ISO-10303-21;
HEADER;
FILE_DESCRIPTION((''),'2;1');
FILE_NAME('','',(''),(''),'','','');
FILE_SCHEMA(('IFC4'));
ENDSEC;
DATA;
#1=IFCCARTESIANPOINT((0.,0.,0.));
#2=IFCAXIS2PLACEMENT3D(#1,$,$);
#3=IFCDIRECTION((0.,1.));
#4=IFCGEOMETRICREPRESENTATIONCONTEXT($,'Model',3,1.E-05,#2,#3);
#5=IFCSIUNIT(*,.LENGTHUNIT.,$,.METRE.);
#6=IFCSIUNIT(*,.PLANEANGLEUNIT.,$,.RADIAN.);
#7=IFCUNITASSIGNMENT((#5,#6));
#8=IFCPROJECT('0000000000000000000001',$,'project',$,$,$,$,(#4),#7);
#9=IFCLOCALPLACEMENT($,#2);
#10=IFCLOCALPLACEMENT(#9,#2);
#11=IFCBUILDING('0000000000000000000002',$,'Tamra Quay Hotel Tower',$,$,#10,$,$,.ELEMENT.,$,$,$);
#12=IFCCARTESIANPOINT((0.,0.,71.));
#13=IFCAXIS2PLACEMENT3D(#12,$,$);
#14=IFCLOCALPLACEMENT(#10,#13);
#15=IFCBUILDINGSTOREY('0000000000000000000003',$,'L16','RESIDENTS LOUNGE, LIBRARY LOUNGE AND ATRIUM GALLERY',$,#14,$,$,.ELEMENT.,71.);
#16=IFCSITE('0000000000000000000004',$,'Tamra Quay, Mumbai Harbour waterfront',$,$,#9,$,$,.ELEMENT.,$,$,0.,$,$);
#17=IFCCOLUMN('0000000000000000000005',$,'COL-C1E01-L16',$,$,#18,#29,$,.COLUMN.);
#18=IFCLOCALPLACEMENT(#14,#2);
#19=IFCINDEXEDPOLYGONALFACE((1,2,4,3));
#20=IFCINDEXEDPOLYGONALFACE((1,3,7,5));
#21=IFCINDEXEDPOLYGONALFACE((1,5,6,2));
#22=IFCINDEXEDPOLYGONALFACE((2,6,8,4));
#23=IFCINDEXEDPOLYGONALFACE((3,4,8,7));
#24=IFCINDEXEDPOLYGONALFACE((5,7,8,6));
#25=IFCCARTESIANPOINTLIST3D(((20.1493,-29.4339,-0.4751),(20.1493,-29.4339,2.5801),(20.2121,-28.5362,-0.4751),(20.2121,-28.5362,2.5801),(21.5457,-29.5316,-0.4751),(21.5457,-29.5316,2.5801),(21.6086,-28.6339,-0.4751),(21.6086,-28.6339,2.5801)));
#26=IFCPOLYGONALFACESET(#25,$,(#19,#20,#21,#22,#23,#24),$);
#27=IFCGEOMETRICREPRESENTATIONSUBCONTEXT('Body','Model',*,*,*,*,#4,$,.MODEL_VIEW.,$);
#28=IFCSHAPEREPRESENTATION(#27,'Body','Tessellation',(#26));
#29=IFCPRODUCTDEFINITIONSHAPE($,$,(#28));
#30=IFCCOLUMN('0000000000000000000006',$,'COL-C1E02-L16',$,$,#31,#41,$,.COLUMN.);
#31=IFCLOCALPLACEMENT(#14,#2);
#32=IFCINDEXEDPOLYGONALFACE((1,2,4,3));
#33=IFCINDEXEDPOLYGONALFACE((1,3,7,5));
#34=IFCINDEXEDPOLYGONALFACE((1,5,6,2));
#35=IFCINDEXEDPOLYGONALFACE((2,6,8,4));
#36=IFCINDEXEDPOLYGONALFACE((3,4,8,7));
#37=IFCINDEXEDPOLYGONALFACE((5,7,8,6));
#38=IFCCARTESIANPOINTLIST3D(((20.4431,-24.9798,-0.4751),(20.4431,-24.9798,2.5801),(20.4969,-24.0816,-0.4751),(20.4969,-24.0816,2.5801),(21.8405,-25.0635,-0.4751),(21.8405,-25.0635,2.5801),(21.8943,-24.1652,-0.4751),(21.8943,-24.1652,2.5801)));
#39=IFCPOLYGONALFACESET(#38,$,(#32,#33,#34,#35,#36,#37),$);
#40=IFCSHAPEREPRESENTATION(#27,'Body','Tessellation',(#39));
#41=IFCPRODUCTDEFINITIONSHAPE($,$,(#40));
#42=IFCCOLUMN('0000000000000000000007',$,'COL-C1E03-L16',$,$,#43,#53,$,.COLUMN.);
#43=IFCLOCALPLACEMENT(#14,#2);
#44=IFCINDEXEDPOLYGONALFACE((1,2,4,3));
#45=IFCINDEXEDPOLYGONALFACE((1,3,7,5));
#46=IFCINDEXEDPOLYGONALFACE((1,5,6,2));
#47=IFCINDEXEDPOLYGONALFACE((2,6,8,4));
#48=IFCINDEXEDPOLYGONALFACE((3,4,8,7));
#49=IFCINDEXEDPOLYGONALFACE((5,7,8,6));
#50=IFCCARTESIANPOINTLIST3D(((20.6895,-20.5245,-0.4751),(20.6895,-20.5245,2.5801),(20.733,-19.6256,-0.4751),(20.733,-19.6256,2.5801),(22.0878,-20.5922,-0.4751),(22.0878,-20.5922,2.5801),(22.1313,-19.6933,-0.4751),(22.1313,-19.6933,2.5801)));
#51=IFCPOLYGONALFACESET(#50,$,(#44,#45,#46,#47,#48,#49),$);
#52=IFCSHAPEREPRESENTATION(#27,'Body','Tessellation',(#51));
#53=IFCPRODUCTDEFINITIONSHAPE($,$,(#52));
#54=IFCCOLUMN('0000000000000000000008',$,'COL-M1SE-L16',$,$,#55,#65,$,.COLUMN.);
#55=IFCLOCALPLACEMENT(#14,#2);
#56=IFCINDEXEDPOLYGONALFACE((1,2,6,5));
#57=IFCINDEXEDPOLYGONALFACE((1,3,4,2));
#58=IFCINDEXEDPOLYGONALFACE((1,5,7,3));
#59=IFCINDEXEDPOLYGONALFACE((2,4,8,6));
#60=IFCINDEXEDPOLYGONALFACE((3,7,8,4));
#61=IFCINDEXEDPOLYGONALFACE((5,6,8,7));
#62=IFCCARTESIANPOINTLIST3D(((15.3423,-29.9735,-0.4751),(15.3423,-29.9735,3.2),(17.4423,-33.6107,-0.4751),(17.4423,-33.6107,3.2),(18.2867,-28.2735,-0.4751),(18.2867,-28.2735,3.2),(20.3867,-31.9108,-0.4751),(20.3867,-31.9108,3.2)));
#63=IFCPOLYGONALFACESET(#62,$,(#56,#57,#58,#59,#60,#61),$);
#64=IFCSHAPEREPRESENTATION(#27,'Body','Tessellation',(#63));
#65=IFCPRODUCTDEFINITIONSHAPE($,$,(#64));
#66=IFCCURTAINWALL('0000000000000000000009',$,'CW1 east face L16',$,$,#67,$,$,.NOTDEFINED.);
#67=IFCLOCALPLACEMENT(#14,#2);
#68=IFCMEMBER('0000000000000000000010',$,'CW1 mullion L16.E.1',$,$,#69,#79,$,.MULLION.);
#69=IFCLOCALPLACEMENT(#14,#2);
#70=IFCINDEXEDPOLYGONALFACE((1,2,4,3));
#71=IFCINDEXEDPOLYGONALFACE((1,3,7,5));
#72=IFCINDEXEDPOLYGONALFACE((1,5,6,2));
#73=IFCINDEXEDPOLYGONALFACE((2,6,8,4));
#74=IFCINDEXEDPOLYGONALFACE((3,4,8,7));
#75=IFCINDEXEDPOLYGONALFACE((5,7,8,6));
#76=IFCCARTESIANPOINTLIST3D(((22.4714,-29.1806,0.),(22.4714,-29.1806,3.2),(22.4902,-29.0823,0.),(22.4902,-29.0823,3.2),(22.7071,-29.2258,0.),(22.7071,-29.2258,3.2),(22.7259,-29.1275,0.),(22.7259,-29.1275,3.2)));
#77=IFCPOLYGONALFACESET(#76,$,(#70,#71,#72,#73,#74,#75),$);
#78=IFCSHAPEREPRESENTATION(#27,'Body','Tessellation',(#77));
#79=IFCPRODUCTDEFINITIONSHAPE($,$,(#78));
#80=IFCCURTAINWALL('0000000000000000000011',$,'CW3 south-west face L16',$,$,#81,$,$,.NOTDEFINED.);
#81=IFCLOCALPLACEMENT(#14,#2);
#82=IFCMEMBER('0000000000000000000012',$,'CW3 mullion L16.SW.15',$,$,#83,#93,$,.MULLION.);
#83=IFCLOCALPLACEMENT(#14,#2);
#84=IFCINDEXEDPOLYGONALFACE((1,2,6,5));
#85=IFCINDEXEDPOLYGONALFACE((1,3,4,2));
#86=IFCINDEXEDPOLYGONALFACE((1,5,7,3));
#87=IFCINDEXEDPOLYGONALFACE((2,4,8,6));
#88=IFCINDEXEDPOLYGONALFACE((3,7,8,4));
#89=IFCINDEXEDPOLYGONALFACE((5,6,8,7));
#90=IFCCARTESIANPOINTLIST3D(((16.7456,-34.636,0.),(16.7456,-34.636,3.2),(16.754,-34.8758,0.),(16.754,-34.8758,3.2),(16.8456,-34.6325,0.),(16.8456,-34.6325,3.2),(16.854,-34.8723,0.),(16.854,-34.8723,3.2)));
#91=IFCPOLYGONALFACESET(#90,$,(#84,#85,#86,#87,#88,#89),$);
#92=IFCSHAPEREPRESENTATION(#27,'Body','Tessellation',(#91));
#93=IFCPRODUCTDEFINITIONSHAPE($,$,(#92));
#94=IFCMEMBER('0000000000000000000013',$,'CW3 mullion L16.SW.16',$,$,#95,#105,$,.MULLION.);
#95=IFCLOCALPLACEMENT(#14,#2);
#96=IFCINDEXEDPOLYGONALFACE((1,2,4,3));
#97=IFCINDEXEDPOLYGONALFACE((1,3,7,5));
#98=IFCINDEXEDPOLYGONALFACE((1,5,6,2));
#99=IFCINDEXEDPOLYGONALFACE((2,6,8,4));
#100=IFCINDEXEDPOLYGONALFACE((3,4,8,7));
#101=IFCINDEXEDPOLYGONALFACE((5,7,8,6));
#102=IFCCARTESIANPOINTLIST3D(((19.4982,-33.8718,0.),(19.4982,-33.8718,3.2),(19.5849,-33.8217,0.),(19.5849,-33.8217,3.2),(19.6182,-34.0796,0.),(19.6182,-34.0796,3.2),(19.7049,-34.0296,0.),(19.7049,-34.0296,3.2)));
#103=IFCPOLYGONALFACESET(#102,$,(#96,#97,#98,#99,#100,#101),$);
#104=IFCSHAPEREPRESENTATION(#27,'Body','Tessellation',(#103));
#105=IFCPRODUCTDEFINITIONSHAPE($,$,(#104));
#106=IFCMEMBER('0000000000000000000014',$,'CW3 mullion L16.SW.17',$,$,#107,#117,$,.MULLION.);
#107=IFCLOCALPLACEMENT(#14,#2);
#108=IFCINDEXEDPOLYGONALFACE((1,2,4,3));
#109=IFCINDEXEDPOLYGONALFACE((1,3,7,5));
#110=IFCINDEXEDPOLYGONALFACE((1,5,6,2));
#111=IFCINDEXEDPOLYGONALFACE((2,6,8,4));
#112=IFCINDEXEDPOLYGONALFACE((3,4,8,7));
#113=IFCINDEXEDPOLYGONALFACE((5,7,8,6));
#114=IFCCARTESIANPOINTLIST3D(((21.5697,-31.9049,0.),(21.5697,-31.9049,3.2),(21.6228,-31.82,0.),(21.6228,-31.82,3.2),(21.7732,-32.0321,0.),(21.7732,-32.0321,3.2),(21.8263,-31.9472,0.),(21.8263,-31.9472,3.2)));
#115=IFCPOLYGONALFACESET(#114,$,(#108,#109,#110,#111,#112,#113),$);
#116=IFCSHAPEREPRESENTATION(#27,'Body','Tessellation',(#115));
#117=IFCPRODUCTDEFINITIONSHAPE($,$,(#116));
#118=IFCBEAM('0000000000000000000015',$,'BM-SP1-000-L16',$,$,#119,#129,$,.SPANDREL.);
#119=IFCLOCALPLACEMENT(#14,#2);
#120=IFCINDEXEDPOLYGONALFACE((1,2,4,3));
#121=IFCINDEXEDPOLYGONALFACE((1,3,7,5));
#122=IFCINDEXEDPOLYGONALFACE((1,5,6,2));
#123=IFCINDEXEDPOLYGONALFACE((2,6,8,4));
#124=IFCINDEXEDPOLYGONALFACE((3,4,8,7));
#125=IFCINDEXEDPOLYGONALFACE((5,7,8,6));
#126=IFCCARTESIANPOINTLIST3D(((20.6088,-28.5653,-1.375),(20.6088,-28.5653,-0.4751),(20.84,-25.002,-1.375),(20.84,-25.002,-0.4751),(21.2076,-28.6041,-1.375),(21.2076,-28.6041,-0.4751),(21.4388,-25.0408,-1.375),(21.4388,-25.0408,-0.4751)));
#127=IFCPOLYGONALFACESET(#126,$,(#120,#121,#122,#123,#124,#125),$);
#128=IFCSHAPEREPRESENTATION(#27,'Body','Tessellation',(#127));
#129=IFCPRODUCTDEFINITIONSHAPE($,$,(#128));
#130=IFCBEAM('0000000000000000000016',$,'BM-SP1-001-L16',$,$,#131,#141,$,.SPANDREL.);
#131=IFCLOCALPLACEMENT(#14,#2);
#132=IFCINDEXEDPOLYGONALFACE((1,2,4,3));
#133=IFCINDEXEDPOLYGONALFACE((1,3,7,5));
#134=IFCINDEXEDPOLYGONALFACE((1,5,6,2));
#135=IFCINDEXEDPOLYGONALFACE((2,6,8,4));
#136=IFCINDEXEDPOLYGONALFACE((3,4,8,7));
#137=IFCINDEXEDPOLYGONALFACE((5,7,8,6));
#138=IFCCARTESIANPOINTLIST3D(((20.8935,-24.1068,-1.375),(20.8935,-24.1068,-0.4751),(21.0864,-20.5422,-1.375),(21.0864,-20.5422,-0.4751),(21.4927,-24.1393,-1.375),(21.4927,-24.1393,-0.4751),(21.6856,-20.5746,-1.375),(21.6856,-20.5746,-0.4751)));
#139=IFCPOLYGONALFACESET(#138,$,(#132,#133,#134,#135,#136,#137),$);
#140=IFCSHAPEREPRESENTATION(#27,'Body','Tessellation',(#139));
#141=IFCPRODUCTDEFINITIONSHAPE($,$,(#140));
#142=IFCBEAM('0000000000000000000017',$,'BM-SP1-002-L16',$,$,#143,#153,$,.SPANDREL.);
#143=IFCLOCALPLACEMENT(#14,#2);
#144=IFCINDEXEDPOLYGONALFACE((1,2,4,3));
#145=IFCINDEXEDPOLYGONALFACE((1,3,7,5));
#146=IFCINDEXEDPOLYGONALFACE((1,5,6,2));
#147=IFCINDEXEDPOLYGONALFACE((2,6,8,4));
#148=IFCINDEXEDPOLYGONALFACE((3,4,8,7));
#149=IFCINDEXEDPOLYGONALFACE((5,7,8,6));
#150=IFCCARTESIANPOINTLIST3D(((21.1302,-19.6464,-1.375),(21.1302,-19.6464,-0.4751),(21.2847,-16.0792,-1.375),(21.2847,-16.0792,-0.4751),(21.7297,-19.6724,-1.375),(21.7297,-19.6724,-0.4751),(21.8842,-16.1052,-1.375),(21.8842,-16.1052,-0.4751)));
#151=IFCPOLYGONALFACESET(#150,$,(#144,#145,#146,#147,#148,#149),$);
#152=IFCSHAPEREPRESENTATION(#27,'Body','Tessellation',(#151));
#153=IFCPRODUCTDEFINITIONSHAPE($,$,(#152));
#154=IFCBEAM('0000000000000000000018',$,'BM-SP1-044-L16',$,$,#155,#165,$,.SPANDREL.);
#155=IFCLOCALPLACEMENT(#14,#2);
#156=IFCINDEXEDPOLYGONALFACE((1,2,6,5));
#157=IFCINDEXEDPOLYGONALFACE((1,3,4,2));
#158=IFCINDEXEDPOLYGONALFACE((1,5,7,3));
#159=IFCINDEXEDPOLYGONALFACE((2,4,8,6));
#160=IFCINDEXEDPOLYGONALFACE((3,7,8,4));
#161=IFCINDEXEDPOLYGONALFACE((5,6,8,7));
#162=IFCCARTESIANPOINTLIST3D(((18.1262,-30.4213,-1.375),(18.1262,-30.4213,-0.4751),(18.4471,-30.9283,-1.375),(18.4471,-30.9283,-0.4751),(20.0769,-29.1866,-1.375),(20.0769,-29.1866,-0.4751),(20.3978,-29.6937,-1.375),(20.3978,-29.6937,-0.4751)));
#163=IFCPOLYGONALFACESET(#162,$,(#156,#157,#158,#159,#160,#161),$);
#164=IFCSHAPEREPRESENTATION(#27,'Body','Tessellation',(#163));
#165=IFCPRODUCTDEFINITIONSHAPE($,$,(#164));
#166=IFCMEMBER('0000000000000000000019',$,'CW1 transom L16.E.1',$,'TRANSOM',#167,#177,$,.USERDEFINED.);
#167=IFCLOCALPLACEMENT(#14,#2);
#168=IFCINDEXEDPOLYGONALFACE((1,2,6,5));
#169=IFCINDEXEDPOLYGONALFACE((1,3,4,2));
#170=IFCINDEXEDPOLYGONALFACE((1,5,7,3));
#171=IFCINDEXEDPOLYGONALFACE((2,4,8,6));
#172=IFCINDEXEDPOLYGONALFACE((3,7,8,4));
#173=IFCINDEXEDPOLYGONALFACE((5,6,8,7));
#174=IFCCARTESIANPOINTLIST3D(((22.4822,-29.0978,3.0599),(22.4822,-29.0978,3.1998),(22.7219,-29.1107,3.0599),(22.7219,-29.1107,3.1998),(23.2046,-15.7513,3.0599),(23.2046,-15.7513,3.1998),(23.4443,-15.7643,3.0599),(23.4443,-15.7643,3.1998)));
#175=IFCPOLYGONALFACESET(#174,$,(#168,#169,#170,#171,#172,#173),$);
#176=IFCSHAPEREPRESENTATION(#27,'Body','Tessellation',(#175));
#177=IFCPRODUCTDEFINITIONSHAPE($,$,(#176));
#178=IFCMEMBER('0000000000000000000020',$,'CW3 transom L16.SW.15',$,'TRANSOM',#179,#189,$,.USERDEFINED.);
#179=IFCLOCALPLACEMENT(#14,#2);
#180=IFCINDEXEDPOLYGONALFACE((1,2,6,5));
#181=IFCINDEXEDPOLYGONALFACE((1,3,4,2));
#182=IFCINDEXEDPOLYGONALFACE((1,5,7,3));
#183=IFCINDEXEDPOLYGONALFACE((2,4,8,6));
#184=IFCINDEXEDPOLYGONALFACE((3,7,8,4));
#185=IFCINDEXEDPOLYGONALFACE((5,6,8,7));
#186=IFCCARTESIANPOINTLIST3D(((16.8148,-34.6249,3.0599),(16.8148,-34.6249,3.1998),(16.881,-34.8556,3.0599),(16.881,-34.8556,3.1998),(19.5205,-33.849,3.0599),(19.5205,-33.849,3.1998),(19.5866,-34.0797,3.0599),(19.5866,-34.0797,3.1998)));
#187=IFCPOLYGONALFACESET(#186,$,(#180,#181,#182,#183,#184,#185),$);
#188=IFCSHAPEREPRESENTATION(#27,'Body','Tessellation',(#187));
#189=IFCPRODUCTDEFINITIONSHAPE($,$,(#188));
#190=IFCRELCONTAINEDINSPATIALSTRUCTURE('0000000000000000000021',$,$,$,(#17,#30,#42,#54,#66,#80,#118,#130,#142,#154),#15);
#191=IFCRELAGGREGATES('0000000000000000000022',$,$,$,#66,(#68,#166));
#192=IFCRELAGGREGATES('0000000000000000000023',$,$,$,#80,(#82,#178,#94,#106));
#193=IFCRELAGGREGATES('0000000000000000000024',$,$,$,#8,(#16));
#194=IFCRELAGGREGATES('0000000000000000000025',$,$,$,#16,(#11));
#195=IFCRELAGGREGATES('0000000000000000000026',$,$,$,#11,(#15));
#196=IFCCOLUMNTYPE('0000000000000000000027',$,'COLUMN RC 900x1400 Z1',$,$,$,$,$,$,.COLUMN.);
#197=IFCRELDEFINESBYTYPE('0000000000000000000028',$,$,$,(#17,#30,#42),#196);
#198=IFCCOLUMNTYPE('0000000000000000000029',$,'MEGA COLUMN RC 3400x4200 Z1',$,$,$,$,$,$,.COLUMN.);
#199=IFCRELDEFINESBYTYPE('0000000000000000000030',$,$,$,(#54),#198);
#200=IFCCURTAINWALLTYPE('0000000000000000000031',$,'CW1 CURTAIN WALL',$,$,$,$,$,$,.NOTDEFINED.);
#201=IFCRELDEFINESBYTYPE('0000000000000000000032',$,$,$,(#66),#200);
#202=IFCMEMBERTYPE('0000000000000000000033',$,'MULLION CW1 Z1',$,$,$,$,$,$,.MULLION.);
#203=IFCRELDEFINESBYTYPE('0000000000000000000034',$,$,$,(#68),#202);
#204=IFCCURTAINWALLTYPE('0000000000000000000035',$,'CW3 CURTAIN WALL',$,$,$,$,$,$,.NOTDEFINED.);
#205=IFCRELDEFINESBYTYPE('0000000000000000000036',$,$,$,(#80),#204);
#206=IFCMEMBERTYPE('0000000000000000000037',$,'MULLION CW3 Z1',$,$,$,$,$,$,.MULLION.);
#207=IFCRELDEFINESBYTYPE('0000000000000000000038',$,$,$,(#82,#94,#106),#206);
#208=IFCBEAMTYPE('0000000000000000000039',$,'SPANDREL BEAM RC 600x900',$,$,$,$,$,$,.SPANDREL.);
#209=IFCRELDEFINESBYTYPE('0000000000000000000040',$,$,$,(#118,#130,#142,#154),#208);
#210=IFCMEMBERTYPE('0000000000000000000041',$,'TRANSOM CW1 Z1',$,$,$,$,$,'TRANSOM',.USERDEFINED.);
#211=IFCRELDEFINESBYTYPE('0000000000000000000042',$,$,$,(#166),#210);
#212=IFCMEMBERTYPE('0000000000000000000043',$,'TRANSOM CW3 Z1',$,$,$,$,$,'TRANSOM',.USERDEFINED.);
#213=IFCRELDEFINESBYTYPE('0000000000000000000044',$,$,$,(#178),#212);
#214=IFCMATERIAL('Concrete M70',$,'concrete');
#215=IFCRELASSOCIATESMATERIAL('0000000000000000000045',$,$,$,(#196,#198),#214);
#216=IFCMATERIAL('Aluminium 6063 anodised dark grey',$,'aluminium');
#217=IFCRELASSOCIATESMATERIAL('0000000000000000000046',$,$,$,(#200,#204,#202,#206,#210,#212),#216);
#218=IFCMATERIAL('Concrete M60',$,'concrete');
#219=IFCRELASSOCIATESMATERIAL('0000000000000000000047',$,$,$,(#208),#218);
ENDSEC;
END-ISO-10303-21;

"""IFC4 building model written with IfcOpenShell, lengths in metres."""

from ifc_helpers import new_model, si_unit, direction, frame, origin, origin_2d, place, context, subcontext, project, spatial, rectangle, extrude, material, material_profile, profile_set, type_object, element, aggregate, save


model = new_model("IFC4")

# Units and contexts
model_context = context("Model", 3, precision=1e-05, world=origin(), true_north=direction((0.0, 1.0)))
body_context = subcontext(model_context, "Body", "Model", "MODEL_VIEW")
ifc_project = project(units=[si_unit("LENGTHUNIT", "METRE"), si_unit("PLANEANGLEUNIT", "RADIAN")], contexts=[model_context])

# Site, building, storey
site_placement = place(None, origin())
site = spatial("IfcSite", under=ifc_project, at=site_placement, Name="Tamra Quay, Mumbai Harbour waterfront", CompositionType="ELEMENT", RefElevation=0.0)
building_placement = place(site_placement, origin())
building = spatial("IfcBuilding", under=site, at=building_placement, Name="Tamra Quay Hotel Tower", CompositionType="ELEMENT")
storey_placement = place(building_placement, frame((0.0, 0.0, 71.0)))
storey = spatial("IfcBuildingStorey", under=building, at=storey_placement, Name="L16", Description="RESIDENTS LOUNGE, LIBRARY LOUNGE AND ATRIUM GALLERY", CompositionType="ELEMENT", Elevation=71.0)

# Columns
ifc_material_1 = material(Name="Concrete M70", Category="concrete")
ifc_material_profile_1 = material_profile(ifc_material_1, rectangle(XDim=1.3999, YDim=0.8999, at=origin_2d()), Name="COLUMN RC 900x1400 Z1")
ifc_profile_set_1 = profile_set([ifc_material_profile_1], Name="Concrete M70")
column_type_1 = type_object("IfcColumnType", Name="COLUMN RC 900x1400 Z1", PredefinedType="COLUMN", material=ifc_profile_set_1)
for number, where, z_axis, x_axis, name in (
    (1, (20.8789, -29.0339, -0.4751), (0.0, 0.0, 1.0), (-0.997562, 0.06979, 0.0), "COL-C1E01-L16"),
    (2, (21.1687, -24.5725, -0.4751), (0.0, 0.0, 1.0), (-0.998214, 0.059733, 0.0), "COL-C1E02-L16"),
    (3, (21.4104, -20.1089, -0.4751), (0.0, 0.0, 1.0), (-0.998831, 0.048344, 0.0), "COL-C1E03-L16"),
):
    element("IfcColumn", number, at=place(storey_placement, frame(where, z_axis=z_axis, x_axis=x_axis)), inside=storey, type_object=column_type_1, Name=name, PredefinedType="COLUMN", context=body_context, shape_type="SweptSolid", body=[
        extrude(rectangle(XDim=1.3999, YDim=0.8999, at=origin_2d()), origin(), (0.0, 0.0, 1.0), 3.0552),
    ])
ifc_material_profile_2 = material_profile(ifc_material_1, rectangle(XDim=4.2, YDim=3.3999, at=origin_2d()), Name="MEGA COLUMN RC 3400x4200 Z1")
ifc_profile_set_2 = profile_set([ifc_material_profile_2], Name="Concrete M70")
column_type_2 = type_object("IfcColumnType", Name="MEGA COLUMN RC 3400x4200 Z1", PredefinedType="COLUMN", material=ifc_profile_set_2)
column_placement = place(storey_placement, frame((17.8645, -30.9421, -0.4751), z_axis=(0.0, 0.0, 1.0), x_axis=(-0.5, 0.866025, 0.0)))
element("IfcColumn", 4, at=column_placement, inside=storey, type_object=column_type_2, Name="COL-M1SE-L16", PredefinedType="COLUMN", context=body_context, shape_type="SweptSolid", body=[
    extrude(rectangle(XDim=4.2, YDim=3.3999, at=origin_2d()), origin(), (0.0, 0.0, 1.0), 3.675),
])

# Curtain wall, member
ifc_material_2 = material(Name="Aluminium 6063 anodised dark grey", Category="aluminium")
curtain_wall_type_1 = type_object("IfcCurtainWallType", Name="CW1 CURTAIN WALL", PredefinedType="NOTDEFINED", material=ifc_material_2)
curtain_wall_1_placement = place(storey_placement, origin())
curtain_wall_1 = element("IfcCurtainWall", 5, at=curtain_wall_1_placement, inside=storey, type_object=curtain_wall_type_1, Name="CW1 east face L16", PredefinedType="NOTDEFINED")
ifc_material_profile_3 = material_profile(ifc_material_2, rectangle(XDim=0.24, YDim=0.1001, at=origin_2d()), Name="MULLION 100X240")
ifc_profile_set_3 = profile_set([ifc_material_profile_3], Name="Aluminium 6063 anodised dark grey")
member_type_1 = type_object("IfcMemberType", Name="MULLION CW1 Z1", PredefinedType="MULLION", material=ifc_profile_set_3)
member_1_placement = place(storey_placement, frame((22.5986, -29.1541, 0.0), z_axis=(0.0, 0.0, 1.0), x_axis=(0.982095, -0.188389, 0.0)))
member_1 = element("IfcMember", 6, at=member_1_placement, type_object=member_type_1, Name="CW1 mullion L16.E.1", PredefinedType="MULLION", context=body_context, shape_type="SweptSolid", body=[
    extrude(rectangle(XDim=0.24, YDim=0.1001, at=origin_2d()), origin(), (0.0, 0.0, 1.0), 3.2),
])

# Curtain wall, members
curtain_wall_type_2 = type_object("IfcCurtainWallType", Name="CW3 CURTAIN WALL", PredefinedType="NOTDEFINED", material=ifc_material_2)
curtain_wall_2_placement = place(storey_placement, origin())
curtain_wall_2 = element("IfcCurtainWall", 7, at=curtain_wall_2_placement, inside=storey, type_object=curtain_wall_type_2, Name="CW3 south-west face L16", PredefinedType="NOTDEFINED")
ifc_material_profile_4 = material_profile(ifc_material_2, rectangle(XDim=0.24, YDim=0.1001, at=origin_2d()), Name="MULLION 100X240")
ifc_profile_set_4 = profile_set([ifc_material_profile_4], Name="Aluminium 6063 anodised dark grey")
member_type_2 = type_object("IfcMemberType", Name="MULLION CW3 Z1", PredefinedType="MULLION", material=ifc_profile_set_4)
member_2_placement = place(storey_placement, frame((16.7998, -34.7542, 0.0), z_axis=(0.0, 0.0, 1.0), x_axis=(0.034916, -0.99939, 0.0)))
member_2 = element("IfcMember", 8, at=member_2_placement, type_object=member_type_2, Name="CW3 mullion L16.SW.15", PredefinedType="MULLION", context=body_context, shape_type="SweptSolid", body=[
    extrude(rectangle(XDim=0.24, YDim=0.1001, at=origin_2d()), origin(), (0.0, 0.0, 1.0), 3.2),
])
member_3_placement = place(storey_placement, frame((19.6016, -33.9507, 0.0), z_axis=(0.0, 0.0, 1.0), x_axis=(0.5, -0.866025, 0.0)))
member_3 = element("IfcMember", 9, at=member_3_placement, type_object=member_type_2, Name="CW3 mullion L16.SW.16", PredefinedType="MULLION", context=body_context, shape_type="SweptSolid", body=[
    extrude(rectangle(XDim=0.24, YDim=0.1001, at=origin_2d()), origin(), (0.0, 0.0, 1.0), 3.2),
])
member_4_placement = place(storey_placement, frame((21.698, -31.926, 0.0), z_axis=(0.0, 0.0, 1.0), x_axis=(0.848039, -0.529933, 0.0)))
member_4 = element("IfcMember", 10, at=member_4_placement, type_object=member_type_2, Name="CW3 mullion L16.SW.17", PredefinedType="MULLION", context=body_context, shape_type="SweptSolid", body=[
    extrude(rectangle(XDim=0.24, YDim=0.1001, at=origin_2d()), origin(), (0.0, 0.0, 1.0), 3.2),
])

# Beams
ifc_material_3 = material(Name="Concrete M60", Category="concrete")
ifc_material_profile_5 = material_profile(ifc_material_3, rectangle(XDim=0.6001, YDim=0.8999, at=origin_2d()), Name="SPANDREL BEAM RC 600x900")
ifc_profile_set_5 = profile_set([ifc_material_profile_5], Name="Concrete M60")
beam_type = type_object("IfcBeamType", Name="SPANDREL BEAM RC 600x900", PredefinedType="SPANDREL", material=ifc_profile_set_5)
beam_1_placement = place(storey_placement, frame((20.9082, -28.5847, -0.925), z_axis=(0.064749, 0.997902, 0.0), x_axis=(-0.997902, 0.064749, 0.0)))
element("IfcBeam", 11, at=beam_1_placement, inside=storey, type_object=beam_type, Name="BM-SP1-000-L16", PredefinedType="SPANDREL", context=body_context, shape_type="SweptSolid", body=[
    extrude(rectangle(XDim=0.6001, YDim=0.8999, at=origin_2d()), origin(), (0.0, 0.0, 1.0), 3.5708),
])
beam_2_placement = place(storey_placement, frame((21.1931, -24.123, -0.925), z_axis=(0.054027, 0.998539, 0.0), x_axis=(-0.998539, 0.054027, 0.0)))
element("IfcBeam", 12, at=beam_2_placement, inside=storey, type_object=beam_type, Name="BM-SP1-001-L16", PredefinedType="SPANDREL", context=body_context, shape_type="SweptSolid", body=[
    extrude(rectangle(XDim=0.6001, YDim=0.8999, at=origin_2d()), origin(), (0.0, 0.0, 1.0), 3.5698),
])
beam_3_placement = place(storey_placement, frame((21.4299, -19.6594, -0.925), z_axis=(0.043283, 0.999063, 0.0), x_axis=(-0.999063, 0.043283, 0.0)))
element("IfcBeam", 13, at=beam_3_placement, inside=storey, type_object=beam_type, Name="BM-SP1-002-L16", PredefinedType="SPANDREL", context=body_context, shape_type="SweptSolid", body=[
    extrude(rectangle(XDim=0.6001, YDim=0.8999, at=origin_2d()), origin(), (0.0, 0.0, 1.0), 3.5706),
])
beam_4_placement = place(storey_placement, frame((18.2866, -30.6748, -0.925), z_axis=(0.844978, 0.5348, 0.0), x_axis=(-0.5348, 0.844978, 0.0)))
element("IfcBeam", 14, at=beam_4_placement, inside=storey, type_object=beam_type, Name="BM-SP1-044-L16", PredefinedType="SPANDREL", context=body_context, shape_type="SweptSolid", body=[
    extrude(rectangle(XDim=0.6001, YDim=0.8999, at=origin_2d()), origin(), (0.0, 0.0, 1.0), 2.3086),
])

# Members
ifc_material_profile_6 = material_profile(ifc_material_2, rectangle(XDim=0.24, YDim=0.1399, at=origin_2d()), Name="TRANSOM 240X140")
ifc_profile_set_6 = profile_set([ifc_material_profile_6], Name="Aluminium 6063 anodised dark grey")
member_type_3 = type_object("IfcMemberType", Name="TRANSOM CW1 Z1", ElementType="TRANSOM", PredefinedType="USERDEFINED", material=ifc_profile_set_6)
member_5_placement = place(storey_placement, frame((22.6021, -29.1042, 3.1299), z_axis=(0.054049, 0.998538, 0.0), x_axis=(-0.998538, 0.054049, 0.0)))
member_5 = element("IfcMember", 15, at=member_5_placement, type_object=member_type_3, Name="CW1 transom L16.E.1", ObjectType="TRANSOM", PredefinedType="USERDEFINED", context=body_context, shape_type="SweptSolid", body=[
    extrude(rectangle(XDim=0.24, YDim=0.1399, at=origin_2d()), origin(), (0.0, 0.0, 1.0), 13.366),
])
ifc_material_profile_7 = material_profile(ifc_material_2, rectangle(XDim=0.24, YDim=0.1399, at=origin_2d()), Name="TRANSOM 240X140")
ifc_profile_set_7 = profile_set([ifc_material_profile_7], Name="Aluminium 6063 anodised dark grey")
member_type_4 = type_object("IfcMemberType", Name="TRANSOM CW3 Z1", ElementType="TRANSOM", PredefinedType="USERDEFINED", material=ifc_profile_set_7)
member_6_placement = place(storey_placement, frame((16.8479, -34.7402, 3.1299), z_axis=(0.961255, 0.27566, 0.0), x_axis=(-0.27566, 0.961255, 0.0)))
member_6 = element("IfcMember", 16, at=member_6_placement, type_object=member_type_4, Name="CW3 transom L16.SW.15", ObjectType="TRANSOM", PredefinedType="USERDEFINED", context=body_context, shape_type="SweptSolid", body=[
    extrude(rectangle(XDim=0.24, YDim=0.1399, at=origin_2d()), origin(), (0.0, 0.0, 1.0), 2.8147),
])

aggregate(curtain_wall_1, [member_1, member_5])
aggregate(curtain_wall_2, [member_2, member_6, member_3, member_4])

save(model, "model.ifc")
